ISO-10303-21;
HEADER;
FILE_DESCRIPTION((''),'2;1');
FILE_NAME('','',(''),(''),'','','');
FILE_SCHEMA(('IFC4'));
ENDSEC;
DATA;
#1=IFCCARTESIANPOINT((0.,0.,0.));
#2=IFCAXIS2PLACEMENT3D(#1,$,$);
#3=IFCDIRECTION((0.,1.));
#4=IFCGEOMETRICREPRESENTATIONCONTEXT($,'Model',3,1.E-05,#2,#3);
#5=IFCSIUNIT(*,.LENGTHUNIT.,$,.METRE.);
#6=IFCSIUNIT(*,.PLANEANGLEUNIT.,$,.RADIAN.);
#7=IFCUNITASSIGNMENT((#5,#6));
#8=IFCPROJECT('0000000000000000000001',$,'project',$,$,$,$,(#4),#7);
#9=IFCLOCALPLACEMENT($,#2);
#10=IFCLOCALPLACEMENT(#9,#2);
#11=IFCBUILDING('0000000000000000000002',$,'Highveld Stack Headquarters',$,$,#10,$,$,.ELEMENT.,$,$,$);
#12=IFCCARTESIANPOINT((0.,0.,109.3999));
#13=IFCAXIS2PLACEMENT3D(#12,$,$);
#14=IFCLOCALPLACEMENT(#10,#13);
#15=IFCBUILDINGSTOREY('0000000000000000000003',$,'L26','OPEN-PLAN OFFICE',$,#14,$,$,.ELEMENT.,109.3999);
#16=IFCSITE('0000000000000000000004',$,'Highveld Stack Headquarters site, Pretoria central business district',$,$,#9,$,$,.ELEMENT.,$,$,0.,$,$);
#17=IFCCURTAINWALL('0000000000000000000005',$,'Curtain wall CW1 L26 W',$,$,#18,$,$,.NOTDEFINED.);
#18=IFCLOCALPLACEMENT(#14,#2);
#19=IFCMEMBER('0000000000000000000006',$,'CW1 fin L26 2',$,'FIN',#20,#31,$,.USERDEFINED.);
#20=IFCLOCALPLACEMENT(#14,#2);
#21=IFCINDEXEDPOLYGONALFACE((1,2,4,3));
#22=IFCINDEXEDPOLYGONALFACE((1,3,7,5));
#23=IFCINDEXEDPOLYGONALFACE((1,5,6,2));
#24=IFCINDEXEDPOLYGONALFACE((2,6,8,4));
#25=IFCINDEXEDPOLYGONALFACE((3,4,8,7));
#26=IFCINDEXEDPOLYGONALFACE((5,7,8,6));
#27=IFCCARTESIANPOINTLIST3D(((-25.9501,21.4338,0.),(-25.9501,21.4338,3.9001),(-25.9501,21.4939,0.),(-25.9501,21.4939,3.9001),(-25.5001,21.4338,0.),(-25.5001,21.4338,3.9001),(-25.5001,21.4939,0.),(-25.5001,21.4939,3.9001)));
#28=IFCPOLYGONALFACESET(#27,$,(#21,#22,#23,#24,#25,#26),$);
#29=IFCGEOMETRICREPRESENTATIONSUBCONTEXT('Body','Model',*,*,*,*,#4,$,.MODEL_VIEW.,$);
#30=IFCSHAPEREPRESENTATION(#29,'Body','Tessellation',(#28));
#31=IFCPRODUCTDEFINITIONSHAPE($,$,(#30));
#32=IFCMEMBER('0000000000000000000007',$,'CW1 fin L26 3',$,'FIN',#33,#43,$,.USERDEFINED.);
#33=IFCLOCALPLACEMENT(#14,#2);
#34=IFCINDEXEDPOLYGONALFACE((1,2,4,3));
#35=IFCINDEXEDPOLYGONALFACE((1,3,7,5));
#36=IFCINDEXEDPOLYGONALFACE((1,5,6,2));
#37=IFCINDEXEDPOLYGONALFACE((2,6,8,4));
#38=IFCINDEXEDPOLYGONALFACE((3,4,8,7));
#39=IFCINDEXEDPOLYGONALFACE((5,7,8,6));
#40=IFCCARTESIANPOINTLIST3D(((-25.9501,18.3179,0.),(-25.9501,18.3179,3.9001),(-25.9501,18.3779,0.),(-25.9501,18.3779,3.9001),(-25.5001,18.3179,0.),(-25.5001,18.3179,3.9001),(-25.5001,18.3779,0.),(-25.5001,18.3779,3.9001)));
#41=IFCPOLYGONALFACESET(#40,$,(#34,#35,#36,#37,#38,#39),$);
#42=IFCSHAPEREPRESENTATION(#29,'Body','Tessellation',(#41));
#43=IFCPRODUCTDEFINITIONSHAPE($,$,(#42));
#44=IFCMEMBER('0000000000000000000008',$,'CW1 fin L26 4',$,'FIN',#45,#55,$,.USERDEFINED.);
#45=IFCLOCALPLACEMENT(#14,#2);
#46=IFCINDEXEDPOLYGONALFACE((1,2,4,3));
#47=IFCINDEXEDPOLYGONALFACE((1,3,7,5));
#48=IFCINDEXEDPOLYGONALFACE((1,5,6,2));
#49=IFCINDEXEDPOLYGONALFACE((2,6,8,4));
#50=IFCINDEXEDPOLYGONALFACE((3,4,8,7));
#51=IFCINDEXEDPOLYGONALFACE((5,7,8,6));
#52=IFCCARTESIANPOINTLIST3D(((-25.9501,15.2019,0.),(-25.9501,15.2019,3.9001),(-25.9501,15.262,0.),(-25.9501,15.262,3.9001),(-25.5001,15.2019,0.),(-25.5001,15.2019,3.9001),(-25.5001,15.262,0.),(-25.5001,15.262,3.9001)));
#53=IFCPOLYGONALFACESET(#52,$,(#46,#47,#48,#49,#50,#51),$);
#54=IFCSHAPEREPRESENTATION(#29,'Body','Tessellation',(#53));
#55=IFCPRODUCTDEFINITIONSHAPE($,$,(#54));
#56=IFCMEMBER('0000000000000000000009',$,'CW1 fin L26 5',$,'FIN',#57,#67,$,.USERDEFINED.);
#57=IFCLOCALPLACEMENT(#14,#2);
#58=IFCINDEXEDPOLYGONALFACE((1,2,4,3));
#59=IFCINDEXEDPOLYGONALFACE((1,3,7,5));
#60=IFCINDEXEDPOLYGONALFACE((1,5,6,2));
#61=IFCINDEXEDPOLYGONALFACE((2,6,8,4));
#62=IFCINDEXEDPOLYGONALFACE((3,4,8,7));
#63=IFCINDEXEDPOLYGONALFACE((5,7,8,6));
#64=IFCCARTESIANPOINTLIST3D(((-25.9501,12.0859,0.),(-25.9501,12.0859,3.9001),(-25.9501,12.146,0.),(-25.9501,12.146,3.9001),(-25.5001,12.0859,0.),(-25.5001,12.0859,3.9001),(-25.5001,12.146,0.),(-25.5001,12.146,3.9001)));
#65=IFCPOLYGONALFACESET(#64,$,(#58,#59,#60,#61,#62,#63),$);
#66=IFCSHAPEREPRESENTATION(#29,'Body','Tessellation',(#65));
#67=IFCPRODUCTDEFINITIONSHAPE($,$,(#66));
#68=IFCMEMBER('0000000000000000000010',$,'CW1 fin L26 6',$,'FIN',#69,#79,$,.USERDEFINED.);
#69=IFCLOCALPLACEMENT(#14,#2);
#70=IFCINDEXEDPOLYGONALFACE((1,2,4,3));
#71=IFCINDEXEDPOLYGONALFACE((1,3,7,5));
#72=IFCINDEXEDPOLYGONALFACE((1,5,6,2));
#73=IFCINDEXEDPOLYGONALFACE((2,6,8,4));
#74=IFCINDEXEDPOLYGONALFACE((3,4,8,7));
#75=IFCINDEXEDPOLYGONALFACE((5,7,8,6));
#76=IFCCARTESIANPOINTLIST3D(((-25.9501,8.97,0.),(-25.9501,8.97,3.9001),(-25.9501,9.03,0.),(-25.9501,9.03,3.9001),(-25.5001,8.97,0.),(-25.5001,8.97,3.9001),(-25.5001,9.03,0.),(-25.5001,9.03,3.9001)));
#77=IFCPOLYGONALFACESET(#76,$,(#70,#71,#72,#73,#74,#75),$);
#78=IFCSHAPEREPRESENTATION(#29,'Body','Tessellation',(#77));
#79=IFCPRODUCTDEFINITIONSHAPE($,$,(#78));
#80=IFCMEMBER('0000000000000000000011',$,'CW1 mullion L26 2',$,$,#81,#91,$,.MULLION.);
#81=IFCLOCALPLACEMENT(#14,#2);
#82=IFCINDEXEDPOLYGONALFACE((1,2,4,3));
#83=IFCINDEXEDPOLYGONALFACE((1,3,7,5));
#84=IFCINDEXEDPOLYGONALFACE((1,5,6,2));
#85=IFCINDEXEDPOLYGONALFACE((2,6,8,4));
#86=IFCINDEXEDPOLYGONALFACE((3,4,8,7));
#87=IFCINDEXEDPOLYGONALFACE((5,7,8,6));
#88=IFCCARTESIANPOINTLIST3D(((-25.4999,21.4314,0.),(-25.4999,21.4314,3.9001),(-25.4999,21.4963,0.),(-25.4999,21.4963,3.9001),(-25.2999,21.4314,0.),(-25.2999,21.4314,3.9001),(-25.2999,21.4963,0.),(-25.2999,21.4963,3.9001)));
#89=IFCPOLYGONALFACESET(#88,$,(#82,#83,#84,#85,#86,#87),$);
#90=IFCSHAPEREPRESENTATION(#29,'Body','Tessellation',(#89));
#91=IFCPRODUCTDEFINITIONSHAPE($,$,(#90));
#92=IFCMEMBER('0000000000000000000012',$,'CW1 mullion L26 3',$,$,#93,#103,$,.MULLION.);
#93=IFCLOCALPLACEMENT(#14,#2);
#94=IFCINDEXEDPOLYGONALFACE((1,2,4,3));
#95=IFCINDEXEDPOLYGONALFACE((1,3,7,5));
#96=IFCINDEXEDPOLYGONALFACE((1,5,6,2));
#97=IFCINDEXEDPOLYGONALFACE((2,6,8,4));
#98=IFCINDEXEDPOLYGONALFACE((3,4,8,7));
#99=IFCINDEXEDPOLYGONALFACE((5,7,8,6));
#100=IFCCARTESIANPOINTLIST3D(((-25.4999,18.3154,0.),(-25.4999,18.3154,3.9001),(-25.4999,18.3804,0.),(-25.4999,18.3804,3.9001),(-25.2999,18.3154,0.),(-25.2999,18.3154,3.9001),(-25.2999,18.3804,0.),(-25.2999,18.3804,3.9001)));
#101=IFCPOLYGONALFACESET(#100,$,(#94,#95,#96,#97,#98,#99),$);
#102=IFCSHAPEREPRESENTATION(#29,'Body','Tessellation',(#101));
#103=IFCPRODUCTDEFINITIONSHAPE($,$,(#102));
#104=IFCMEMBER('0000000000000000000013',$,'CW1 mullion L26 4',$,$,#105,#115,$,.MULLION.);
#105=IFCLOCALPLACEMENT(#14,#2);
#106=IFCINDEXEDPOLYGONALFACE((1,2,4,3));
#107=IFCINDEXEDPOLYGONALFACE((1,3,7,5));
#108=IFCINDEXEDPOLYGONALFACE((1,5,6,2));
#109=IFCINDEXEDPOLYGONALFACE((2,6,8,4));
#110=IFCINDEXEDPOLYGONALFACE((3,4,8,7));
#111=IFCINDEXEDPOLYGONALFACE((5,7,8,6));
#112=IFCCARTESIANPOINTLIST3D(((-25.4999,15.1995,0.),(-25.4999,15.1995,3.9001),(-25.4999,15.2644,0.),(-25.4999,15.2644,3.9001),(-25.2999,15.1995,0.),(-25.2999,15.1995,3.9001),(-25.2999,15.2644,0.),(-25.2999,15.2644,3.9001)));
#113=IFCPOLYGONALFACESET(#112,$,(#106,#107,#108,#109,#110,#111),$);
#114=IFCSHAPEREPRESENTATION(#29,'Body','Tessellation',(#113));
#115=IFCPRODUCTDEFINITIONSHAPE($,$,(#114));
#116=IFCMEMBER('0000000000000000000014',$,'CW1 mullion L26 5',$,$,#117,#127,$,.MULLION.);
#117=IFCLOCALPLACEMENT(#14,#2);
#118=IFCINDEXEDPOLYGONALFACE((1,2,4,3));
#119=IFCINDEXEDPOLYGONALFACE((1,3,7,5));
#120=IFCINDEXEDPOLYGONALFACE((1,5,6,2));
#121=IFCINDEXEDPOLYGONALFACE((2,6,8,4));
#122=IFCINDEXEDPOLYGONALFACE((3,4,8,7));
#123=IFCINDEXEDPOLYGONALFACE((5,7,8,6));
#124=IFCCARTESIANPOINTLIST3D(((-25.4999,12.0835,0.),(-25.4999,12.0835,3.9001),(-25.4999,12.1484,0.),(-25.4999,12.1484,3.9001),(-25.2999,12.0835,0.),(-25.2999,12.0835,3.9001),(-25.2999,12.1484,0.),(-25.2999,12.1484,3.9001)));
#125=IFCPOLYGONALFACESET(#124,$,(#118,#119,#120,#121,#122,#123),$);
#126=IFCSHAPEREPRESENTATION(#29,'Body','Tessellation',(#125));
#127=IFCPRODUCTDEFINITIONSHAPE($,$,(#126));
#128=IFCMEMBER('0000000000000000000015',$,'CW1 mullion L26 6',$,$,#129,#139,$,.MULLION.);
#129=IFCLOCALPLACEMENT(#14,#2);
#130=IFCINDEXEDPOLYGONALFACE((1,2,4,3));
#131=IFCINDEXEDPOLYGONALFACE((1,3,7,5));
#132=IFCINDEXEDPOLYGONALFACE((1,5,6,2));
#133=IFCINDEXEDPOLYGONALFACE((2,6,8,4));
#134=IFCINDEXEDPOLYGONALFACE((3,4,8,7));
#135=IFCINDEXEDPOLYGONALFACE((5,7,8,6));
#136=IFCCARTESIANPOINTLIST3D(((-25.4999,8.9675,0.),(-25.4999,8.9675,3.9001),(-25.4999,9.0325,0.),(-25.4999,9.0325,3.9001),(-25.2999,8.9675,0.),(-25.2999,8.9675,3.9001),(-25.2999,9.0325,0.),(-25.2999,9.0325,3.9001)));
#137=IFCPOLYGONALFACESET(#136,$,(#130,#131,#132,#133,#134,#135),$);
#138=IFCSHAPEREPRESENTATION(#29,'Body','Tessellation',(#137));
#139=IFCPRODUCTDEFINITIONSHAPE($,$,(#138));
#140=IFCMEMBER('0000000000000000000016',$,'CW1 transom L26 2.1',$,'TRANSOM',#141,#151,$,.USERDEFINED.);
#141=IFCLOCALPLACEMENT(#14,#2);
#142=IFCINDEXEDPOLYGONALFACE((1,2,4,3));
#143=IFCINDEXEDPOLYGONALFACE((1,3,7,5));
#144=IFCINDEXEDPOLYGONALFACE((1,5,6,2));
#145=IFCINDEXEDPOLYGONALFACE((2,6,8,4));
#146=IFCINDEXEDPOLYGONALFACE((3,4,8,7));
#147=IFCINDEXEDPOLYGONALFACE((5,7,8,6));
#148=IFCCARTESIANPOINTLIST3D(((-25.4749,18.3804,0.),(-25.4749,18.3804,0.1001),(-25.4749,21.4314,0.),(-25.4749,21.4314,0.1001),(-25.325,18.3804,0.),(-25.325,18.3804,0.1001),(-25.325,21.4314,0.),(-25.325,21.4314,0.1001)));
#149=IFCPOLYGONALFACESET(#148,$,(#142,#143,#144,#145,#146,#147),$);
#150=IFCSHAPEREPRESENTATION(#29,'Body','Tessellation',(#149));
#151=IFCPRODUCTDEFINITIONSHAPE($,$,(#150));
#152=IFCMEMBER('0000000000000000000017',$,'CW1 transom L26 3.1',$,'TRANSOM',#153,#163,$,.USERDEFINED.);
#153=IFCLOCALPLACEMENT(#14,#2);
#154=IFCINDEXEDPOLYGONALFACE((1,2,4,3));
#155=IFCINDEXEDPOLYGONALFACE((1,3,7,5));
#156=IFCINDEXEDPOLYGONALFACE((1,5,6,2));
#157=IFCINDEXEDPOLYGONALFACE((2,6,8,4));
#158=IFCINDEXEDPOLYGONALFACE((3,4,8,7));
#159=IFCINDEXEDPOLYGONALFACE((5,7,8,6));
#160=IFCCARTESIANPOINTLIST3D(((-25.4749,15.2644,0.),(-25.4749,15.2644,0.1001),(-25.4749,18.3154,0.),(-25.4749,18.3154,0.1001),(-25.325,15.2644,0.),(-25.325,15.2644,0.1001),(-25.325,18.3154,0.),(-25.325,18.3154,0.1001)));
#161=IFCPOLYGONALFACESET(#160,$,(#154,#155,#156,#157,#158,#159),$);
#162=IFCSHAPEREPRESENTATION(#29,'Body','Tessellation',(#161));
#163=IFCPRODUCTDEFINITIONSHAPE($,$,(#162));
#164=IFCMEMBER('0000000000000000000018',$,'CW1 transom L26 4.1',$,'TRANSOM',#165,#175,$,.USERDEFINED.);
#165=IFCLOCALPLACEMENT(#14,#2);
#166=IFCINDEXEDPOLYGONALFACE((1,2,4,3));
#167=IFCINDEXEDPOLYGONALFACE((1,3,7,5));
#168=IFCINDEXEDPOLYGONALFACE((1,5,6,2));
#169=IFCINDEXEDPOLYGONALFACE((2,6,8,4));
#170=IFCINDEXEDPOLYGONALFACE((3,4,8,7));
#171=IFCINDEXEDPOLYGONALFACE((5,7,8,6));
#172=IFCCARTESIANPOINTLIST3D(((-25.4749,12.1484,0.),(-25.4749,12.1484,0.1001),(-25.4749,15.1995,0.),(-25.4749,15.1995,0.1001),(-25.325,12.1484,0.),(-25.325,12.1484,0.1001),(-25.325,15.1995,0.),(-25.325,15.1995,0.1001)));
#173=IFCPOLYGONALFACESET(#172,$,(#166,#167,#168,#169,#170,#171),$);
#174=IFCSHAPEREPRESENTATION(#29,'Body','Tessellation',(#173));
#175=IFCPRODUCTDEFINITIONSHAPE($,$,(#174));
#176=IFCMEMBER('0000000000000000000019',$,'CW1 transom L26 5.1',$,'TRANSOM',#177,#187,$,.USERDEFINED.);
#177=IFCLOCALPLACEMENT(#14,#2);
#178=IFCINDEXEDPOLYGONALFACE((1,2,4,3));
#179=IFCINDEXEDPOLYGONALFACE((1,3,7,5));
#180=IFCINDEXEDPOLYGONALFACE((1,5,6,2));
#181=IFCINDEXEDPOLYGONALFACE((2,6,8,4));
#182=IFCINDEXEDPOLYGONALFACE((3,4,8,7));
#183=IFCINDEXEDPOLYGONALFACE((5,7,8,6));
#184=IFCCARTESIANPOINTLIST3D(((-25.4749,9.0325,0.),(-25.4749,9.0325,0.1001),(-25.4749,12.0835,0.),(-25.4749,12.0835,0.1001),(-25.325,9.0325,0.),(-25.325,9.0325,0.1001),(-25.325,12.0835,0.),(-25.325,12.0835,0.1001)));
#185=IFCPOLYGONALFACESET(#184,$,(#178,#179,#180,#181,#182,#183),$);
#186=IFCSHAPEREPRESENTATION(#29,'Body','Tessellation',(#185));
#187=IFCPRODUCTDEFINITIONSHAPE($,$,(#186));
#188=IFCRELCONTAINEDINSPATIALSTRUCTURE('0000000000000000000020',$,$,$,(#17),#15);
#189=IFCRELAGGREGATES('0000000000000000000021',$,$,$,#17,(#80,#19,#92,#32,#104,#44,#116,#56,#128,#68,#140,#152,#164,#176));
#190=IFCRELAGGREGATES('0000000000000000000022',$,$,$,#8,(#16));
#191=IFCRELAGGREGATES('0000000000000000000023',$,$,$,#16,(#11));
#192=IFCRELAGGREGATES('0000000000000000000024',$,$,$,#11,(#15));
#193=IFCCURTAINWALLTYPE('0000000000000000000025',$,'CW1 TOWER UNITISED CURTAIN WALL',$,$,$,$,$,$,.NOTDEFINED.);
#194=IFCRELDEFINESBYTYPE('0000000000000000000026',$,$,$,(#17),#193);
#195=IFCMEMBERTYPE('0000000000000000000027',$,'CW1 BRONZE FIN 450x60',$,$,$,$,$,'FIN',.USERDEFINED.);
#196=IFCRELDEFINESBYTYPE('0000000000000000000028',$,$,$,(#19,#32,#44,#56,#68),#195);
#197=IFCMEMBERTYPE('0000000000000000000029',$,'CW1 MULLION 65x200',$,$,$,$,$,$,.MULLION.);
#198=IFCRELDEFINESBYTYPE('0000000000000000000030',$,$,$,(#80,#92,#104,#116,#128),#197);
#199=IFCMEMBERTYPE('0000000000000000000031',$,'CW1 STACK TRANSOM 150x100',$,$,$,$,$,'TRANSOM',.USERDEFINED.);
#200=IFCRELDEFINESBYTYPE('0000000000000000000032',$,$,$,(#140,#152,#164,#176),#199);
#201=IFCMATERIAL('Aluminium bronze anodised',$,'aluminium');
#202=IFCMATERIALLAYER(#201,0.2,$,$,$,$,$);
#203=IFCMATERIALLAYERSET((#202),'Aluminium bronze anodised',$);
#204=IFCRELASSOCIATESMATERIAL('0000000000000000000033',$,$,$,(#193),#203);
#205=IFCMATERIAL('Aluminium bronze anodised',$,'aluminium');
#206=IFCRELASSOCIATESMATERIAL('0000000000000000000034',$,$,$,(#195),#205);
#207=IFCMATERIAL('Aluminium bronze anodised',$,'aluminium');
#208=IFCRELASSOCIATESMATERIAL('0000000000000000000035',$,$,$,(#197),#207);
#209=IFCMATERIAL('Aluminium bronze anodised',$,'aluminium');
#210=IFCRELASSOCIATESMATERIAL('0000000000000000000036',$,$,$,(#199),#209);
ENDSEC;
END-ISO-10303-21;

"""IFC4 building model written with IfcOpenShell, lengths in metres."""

from ifc_helpers import new_model, si_unit, direction, frame, origin, origin_2d, place, context, subcontext, project, spatial, rectangle, extrude, material, layer, layer_set, material_profile, profile_set, type_object, element, aggregate, save


model = new_model("IFC4")

# Units and contexts
model_context = context("Model", 3, precision=1e-05, world=origin(), true_north=direction((0.0, 1.0)))
body_context = subcontext(model_context, "Body", "Model", "MODEL_VIEW")
ifc_project = project(units=[si_unit("LENGTHUNIT", "METRE"), si_unit("PLANEANGLEUNIT", "RADIAN")], contexts=[model_context])

# Site, building, storey
site_placement = place(None, origin())
site = spatial("IfcSite", under=ifc_project, at=site_placement, Name="Highveld Stack Headquarters site, Pretoria central business district", CompositionType="ELEMENT", RefElevation=0.0)
building_placement = place(site_placement, origin())
building = spatial("IfcBuilding", under=site, at=building_placement, Name="Highveld Stack Headquarters", CompositionType="ELEMENT")
storey_placement = place(building_placement, frame((0.0, 0.0, 109.3999)))
storey = spatial("IfcBuildingStorey", under=building, at=storey_placement, Name="L26", Description="OPEN-PLAN OFFICE", CompositionType="ELEMENT", Elevation=109.3999)

# Curtain wall, members
ifc_material_1 = material(Name="Aluminium bronze anodised", Category="aluminium")
ifc_layer_1 = layer(ifc_material_1, 0.2)
ifc_layer_set_1 = layer_set([ifc_layer_1], Name="Aluminium bronze anodised")
curtain_wall_type = type_object("IfcCurtainWallType", Name="CW1 TOWER UNITISED CURTAIN WALL", PredefinedType="NOTDEFINED", material=ifc_layer_set_1)
curtain_wall_placement = place(storey_placement, origin())
curtain_wall = element("IfcCurtainWall", 1, at=curtain_wall_placement, inside=storey, type_object=curtain_wall_type, Name="Curtain wall CW1 L26 W", PredefinedType="NOTDEFINED")
ifc_material_2 = material(Name="Aluminium bronze anodised", Category="aluminium")
ifc_material_profile_1 = material_profile(ifc_material_2, rectangle(XDim=0.45, YDim=0.0601, at=origin_2d()), Name="FIN 450x60")
ifc_profile_set_1 = profile_set([ifc_material_profile_1], Name="Aluminium bronze anodised")
member_type_1 = type_object("IfcMemberType", Name="CW1 BRONZE FIN 450x60", ElementType="FIN", PredefinedType="USERDEFINED", material=ifc_profile_set_1)
member_1_placement = place(storey_placement, frame((-25.7251, 21.4639, 0.0), z_axis=(0.0, 0.0, 1.0), x_axis=(1.0, 0.0, 0.0)))
member_1 = element("IfcMember", 2, at=member_1_placement, type_object=member_type_1, Name="CW1 fin L26 2", ObjectType="FIN", PredefinedType="USERDEFINED", context=body_context, shape_type="SweptSolid", body=[
    extrude(rectangle(XDim=0.45, YDim=0.0601, at=origin_2d()), origin(), (0.0, 0.0, 1.0), 3.9001),
])
member_2_placement = place(storey_placement, frame((-25.7251, 18.3479, 0.0), z_axis=(0.0, 0.0, 1.0), x_axis=(1.0, 0.0, 0.0)))
member_2 = element("IfcMember", 3, at=member_2_placement, type_object=member_type_1, Name="CW1 fin L26 3", ObjectType="FIN", PredefinedType="USERDEFINED", context=body_context, shape_type="SweptSolid", body=[
    extrude(rectangle(XDim=0.45, YDim=0.0601, at=origin_2d()), origin(), (0.0, 0.0, 1.0), 3.9001),
])
member_3_placement = place(storey_placement, frame((-25.7251, 15.2319, 0.0), z_axis=(0.0, 0.0, 1.0), x_axis=(1.0, 0.0, 0.0)))
member_3 = element("IfcMember", 4, at=member_3_placement, type_object=member_type_1, Name="CW1 fin L26 4", ObjectType="FIN", PredefinedType="USERDEFINED", context=body_context, shape_type="SweptSolid", body=[
    extrude(rectangle(XDim=0.45, YDim=0.0601, at=origin_2d()), origin(), (0.0, 0.0, 1.0), 3.9001),
])
member_4_placement = place(storey_placement, frame((-25.7251, 12.116, 0.0), z_axis=(0.0, 0.0, 1.0), x_axis=(1.0, 0.0, 0.0)))
member_4 = element("IfcMember", 5, at=member_4_placement, type_object=member_type_1, Name="CW1 fin L26 5", ObjectType="FIN", PredefinedType="USERDEFINED", context=body_context, shape_type="SweptSolid", body=[
    extrude(rectangle(XDim=0.45, YDim=0.0601, at=origin_2d()), origin(), (0.0, 0.0, 1.0), 3.9001),
])
member_5_placement = place(storey_placement, frame((-25.7251, 9.0, 0.0), z_axis=(0.0, 0.0, 1.0), x_axis=(1.0, 0.0, 0.0)))
member_5 = element("IfcMember", 6, at=member_5_placement, type_object=member_type_1, Name="CW1 fin L26 6", ObjectType="FIN", PredefinedType="USERDEFINED", context=body_context, shape_type="SweptSolid", body=[
    extrude(rectangle(XDim=0.45, YDim=0.0601, at=origin_2d()), origin(), (0.0, 0.0, 1.0), 3.9001),
])
ifc_material_3 = material(Name="Aluminium bronze anodised", Category="aluminium")
ifc_material_profile_2 = material_profile(ifc_material_3, rectangle(XDim=0.2, YDim=0.0649, at=origin_2d()), Name="CW1 MULLION 65x200")
ifc_profile_set_2 = profile_set([ifc_material_profile_2], Name="Aluminium bronze anodised")
member_type_2 = type_object("IfcMemberType", Name="CW1 MULLION 65x200", PredefinedType="MULLION", material=ifc_profile_set_2)
member_6_placement = place(storey_placement, frame((-25.3999, 21.4639, 0.0), z_axis=(0.0, 0.0, 1.0), x_axis=(1.0, 0.0, 0.0)))
member_6 = element("IfcMember", 7, at=member_6_placement, type_object=member_type_2, Name="CW1 mullion L26 2", PredefinedType="MULLION", context=body_context, shape_type="SweptSolid", body=[
    extrude(rectangle(XDim=0.2, YDim=0.0649, at=origin_2d()), origin(), (0.0, 0.0, 1.0), 3.9001),
])
member_7_placement = place(storey_placement, frame((-25.3999, 18.3479, 0.0), z_axis=(0.0, 0.0, 1.0), x_axis=(1.0, 0.0, 0.0)))
member_7 = element("IfcMember", 8, at=member_7_placement, type_object=member_type_2, Name="CW1 mullion L26 3", PredefinedType="MULLION", context=body_context, shape_type="SweptSolid", body=[
    extrude(rectangle(XDim=0.2, YDim=0.0649, at=origin_2d()), origin(), (0.0, 0.0, 1.0), 3.9001),
])
member_8_placement = place(storey_placement, frame((-25.3999, 15.2319, 0.0), z_axis=(0.0, 0.0, 1.0), x_axis=(1.0, 0.0, 0.0)))
member_8 = element("IfcMember", 9, at=member_8_placement, type_object=member_type_2, Name="CW1 mullion L26 4", PredefinedType="MULLION", context=body_context, shape_type="SweptSolid", body=[
    extrude(rectangle(XDim=0.2, YDim=0.0649, at=origin_2d()), origin(), (0.0, 0.0, 1.0), 3.9001),
])
member_9_placement = place(storey_placement, frame((-25.3999, 12.116, 0.0), z_axis=(0.0, 0.0, 1.0), x_axis=(1.0, 0.0, 0.0)))
member_9 = element("IfcMember", 10, at=member_9_placement, type_object=member_type_2, Name="CW1 mullion L26 5", PredefinedType="MULLION", context=body_context, shape_type="SweptSolid", body=[
    extrude(rectangle(XDim=0.2, YDim=0.0649, at=origin_2d()), origin(), (0.0, 0.0, 1.0), 3.9001),
])
member_10_placement = place(storey_placement, frame((-25.3999, 9.0, 0.0), z_axis=(0.0, 0.0, 1.0), x_axis=(1.0, 0.0, 0.0)))
member_10 = element("IfcMember", 11, at=member_10_placement, type_object=member_type_2, Name="CW1 mullion L26 6", PredefinedType="MULLION", context=body_context, shape_type="SweptSolid", body=[
    extrude(rectangle(XDim=0.2, YDim=0.0649, at=origin_2d()), origin(), (0.0, 0.0, 1.0), 3.9001),
])
ifc_material_4 = material(Name="Aluminium bronze anodised", Category="aluminium")
ifc_material_profile_3 = material_profile(ifc_material_4, rectangle(XDim=0.1499, YDim=0.1001, at=origin_2d()), Name="CW1 TRANSOM 150x100")
ifc_profile_set_3 = profile_set([ifc_material_profile_3], Name="Aluminium bronze anodised")
member_type_3 = type_object("IfcMemberType", Name="CW1 STACK TRANSOM 150x100", ElementType="TRANSOM", PredefinedType="USERDEFINED", material=ifc_profile_set_3)
member_11_placement = place(storey_placement, frame((-25.3999, 21.4314, 0.05), z_axis=(0.0, -1.0, 0.0), x_axis=(1.0, 0.0, 0.0)))
member_11 = element("IfcMember", 12, at=member_11_placement, type_object=member_type_3, Name="CW1 transom L26 2.1", ObjectType="TRANSOM", PredefinedType="USERDEFINED", context=body_context, shape_type="SweptSolid", body=[
    extrude(rectangle(XDim=0.1499, YDim=0.1001, at=origin_2d()), origin(), (0.0, 0.0, 1.0), 3.051),
])
member_12_placement = place(storey_placement, frame((-25.3999, 18.3154, 0.05), z_axis=(0.0, -1.0, 0.0), x_axis=(1.0, 0.0, 0.0)))
member_12 = element("IfcMember", 13, at=member_12_placement, type_object=member_type_3, Name="CW1 transom L26 3.1", ObjectType="TRANSOM", PredefinedType="USERDEFINED", context=body_context, shape_type="SweptSolid", body=[
    extrude(rectangle(XDim=0.1499, YDim=0.1001, at=origin_2d()), origin(), (0.0, 0.0, 1.0), 3.051),
])
member_13_placement = place(storey_placement, frame((-25.3999, 15.1995, 0.05), z_axis=(0.0, -1.0, 0.0), x_axis=(1.0, 0.0, 0.0)))
member_13 = element("IfcMember", 14, at=member_13_placement, type_object=member_type_3, Name="CW1 transom L26 4.1", ObjectType="TRANSOM", PredefinedType="USERDEFINED", context=body_context, shape_type="SweptSolid", body=[
    extrude(rectangle(XDim=0.1499, YDim=0.1001, at=origin_2d()), origin(), (0.0, 0.0, 1.0), 3.051),
])
member_14_placement = place(storey_placement, frame((-25.3999, 12.0835, 0.05), z_axis=(0.0, -1.0, 0.0), x_axis=(1.0, 0.0, 0.0)))
member_14 = element("IfcMember", 15, at=member_14_placement, type_object=member_type_3, Name="CW1 transom L26 5.1", ObjectType="TRANSOM", PredefinedType="USERDEFINED", context=body_context, shape_type="SweptSolid", body=[
    extrude(rectangle(XDim=0.1499, YDim=0.1001, at=origin_2d()), origin(), (0.0, 0.0, 1.0), 3.051),
])
aggregate(curtain_wall, [member_6, member_1, member_7, member_2, member_8, member_3, member_9, member_4, member_10, member_5, member_11, member_12, member_13, member_14])

save(model, "model.ifc")
